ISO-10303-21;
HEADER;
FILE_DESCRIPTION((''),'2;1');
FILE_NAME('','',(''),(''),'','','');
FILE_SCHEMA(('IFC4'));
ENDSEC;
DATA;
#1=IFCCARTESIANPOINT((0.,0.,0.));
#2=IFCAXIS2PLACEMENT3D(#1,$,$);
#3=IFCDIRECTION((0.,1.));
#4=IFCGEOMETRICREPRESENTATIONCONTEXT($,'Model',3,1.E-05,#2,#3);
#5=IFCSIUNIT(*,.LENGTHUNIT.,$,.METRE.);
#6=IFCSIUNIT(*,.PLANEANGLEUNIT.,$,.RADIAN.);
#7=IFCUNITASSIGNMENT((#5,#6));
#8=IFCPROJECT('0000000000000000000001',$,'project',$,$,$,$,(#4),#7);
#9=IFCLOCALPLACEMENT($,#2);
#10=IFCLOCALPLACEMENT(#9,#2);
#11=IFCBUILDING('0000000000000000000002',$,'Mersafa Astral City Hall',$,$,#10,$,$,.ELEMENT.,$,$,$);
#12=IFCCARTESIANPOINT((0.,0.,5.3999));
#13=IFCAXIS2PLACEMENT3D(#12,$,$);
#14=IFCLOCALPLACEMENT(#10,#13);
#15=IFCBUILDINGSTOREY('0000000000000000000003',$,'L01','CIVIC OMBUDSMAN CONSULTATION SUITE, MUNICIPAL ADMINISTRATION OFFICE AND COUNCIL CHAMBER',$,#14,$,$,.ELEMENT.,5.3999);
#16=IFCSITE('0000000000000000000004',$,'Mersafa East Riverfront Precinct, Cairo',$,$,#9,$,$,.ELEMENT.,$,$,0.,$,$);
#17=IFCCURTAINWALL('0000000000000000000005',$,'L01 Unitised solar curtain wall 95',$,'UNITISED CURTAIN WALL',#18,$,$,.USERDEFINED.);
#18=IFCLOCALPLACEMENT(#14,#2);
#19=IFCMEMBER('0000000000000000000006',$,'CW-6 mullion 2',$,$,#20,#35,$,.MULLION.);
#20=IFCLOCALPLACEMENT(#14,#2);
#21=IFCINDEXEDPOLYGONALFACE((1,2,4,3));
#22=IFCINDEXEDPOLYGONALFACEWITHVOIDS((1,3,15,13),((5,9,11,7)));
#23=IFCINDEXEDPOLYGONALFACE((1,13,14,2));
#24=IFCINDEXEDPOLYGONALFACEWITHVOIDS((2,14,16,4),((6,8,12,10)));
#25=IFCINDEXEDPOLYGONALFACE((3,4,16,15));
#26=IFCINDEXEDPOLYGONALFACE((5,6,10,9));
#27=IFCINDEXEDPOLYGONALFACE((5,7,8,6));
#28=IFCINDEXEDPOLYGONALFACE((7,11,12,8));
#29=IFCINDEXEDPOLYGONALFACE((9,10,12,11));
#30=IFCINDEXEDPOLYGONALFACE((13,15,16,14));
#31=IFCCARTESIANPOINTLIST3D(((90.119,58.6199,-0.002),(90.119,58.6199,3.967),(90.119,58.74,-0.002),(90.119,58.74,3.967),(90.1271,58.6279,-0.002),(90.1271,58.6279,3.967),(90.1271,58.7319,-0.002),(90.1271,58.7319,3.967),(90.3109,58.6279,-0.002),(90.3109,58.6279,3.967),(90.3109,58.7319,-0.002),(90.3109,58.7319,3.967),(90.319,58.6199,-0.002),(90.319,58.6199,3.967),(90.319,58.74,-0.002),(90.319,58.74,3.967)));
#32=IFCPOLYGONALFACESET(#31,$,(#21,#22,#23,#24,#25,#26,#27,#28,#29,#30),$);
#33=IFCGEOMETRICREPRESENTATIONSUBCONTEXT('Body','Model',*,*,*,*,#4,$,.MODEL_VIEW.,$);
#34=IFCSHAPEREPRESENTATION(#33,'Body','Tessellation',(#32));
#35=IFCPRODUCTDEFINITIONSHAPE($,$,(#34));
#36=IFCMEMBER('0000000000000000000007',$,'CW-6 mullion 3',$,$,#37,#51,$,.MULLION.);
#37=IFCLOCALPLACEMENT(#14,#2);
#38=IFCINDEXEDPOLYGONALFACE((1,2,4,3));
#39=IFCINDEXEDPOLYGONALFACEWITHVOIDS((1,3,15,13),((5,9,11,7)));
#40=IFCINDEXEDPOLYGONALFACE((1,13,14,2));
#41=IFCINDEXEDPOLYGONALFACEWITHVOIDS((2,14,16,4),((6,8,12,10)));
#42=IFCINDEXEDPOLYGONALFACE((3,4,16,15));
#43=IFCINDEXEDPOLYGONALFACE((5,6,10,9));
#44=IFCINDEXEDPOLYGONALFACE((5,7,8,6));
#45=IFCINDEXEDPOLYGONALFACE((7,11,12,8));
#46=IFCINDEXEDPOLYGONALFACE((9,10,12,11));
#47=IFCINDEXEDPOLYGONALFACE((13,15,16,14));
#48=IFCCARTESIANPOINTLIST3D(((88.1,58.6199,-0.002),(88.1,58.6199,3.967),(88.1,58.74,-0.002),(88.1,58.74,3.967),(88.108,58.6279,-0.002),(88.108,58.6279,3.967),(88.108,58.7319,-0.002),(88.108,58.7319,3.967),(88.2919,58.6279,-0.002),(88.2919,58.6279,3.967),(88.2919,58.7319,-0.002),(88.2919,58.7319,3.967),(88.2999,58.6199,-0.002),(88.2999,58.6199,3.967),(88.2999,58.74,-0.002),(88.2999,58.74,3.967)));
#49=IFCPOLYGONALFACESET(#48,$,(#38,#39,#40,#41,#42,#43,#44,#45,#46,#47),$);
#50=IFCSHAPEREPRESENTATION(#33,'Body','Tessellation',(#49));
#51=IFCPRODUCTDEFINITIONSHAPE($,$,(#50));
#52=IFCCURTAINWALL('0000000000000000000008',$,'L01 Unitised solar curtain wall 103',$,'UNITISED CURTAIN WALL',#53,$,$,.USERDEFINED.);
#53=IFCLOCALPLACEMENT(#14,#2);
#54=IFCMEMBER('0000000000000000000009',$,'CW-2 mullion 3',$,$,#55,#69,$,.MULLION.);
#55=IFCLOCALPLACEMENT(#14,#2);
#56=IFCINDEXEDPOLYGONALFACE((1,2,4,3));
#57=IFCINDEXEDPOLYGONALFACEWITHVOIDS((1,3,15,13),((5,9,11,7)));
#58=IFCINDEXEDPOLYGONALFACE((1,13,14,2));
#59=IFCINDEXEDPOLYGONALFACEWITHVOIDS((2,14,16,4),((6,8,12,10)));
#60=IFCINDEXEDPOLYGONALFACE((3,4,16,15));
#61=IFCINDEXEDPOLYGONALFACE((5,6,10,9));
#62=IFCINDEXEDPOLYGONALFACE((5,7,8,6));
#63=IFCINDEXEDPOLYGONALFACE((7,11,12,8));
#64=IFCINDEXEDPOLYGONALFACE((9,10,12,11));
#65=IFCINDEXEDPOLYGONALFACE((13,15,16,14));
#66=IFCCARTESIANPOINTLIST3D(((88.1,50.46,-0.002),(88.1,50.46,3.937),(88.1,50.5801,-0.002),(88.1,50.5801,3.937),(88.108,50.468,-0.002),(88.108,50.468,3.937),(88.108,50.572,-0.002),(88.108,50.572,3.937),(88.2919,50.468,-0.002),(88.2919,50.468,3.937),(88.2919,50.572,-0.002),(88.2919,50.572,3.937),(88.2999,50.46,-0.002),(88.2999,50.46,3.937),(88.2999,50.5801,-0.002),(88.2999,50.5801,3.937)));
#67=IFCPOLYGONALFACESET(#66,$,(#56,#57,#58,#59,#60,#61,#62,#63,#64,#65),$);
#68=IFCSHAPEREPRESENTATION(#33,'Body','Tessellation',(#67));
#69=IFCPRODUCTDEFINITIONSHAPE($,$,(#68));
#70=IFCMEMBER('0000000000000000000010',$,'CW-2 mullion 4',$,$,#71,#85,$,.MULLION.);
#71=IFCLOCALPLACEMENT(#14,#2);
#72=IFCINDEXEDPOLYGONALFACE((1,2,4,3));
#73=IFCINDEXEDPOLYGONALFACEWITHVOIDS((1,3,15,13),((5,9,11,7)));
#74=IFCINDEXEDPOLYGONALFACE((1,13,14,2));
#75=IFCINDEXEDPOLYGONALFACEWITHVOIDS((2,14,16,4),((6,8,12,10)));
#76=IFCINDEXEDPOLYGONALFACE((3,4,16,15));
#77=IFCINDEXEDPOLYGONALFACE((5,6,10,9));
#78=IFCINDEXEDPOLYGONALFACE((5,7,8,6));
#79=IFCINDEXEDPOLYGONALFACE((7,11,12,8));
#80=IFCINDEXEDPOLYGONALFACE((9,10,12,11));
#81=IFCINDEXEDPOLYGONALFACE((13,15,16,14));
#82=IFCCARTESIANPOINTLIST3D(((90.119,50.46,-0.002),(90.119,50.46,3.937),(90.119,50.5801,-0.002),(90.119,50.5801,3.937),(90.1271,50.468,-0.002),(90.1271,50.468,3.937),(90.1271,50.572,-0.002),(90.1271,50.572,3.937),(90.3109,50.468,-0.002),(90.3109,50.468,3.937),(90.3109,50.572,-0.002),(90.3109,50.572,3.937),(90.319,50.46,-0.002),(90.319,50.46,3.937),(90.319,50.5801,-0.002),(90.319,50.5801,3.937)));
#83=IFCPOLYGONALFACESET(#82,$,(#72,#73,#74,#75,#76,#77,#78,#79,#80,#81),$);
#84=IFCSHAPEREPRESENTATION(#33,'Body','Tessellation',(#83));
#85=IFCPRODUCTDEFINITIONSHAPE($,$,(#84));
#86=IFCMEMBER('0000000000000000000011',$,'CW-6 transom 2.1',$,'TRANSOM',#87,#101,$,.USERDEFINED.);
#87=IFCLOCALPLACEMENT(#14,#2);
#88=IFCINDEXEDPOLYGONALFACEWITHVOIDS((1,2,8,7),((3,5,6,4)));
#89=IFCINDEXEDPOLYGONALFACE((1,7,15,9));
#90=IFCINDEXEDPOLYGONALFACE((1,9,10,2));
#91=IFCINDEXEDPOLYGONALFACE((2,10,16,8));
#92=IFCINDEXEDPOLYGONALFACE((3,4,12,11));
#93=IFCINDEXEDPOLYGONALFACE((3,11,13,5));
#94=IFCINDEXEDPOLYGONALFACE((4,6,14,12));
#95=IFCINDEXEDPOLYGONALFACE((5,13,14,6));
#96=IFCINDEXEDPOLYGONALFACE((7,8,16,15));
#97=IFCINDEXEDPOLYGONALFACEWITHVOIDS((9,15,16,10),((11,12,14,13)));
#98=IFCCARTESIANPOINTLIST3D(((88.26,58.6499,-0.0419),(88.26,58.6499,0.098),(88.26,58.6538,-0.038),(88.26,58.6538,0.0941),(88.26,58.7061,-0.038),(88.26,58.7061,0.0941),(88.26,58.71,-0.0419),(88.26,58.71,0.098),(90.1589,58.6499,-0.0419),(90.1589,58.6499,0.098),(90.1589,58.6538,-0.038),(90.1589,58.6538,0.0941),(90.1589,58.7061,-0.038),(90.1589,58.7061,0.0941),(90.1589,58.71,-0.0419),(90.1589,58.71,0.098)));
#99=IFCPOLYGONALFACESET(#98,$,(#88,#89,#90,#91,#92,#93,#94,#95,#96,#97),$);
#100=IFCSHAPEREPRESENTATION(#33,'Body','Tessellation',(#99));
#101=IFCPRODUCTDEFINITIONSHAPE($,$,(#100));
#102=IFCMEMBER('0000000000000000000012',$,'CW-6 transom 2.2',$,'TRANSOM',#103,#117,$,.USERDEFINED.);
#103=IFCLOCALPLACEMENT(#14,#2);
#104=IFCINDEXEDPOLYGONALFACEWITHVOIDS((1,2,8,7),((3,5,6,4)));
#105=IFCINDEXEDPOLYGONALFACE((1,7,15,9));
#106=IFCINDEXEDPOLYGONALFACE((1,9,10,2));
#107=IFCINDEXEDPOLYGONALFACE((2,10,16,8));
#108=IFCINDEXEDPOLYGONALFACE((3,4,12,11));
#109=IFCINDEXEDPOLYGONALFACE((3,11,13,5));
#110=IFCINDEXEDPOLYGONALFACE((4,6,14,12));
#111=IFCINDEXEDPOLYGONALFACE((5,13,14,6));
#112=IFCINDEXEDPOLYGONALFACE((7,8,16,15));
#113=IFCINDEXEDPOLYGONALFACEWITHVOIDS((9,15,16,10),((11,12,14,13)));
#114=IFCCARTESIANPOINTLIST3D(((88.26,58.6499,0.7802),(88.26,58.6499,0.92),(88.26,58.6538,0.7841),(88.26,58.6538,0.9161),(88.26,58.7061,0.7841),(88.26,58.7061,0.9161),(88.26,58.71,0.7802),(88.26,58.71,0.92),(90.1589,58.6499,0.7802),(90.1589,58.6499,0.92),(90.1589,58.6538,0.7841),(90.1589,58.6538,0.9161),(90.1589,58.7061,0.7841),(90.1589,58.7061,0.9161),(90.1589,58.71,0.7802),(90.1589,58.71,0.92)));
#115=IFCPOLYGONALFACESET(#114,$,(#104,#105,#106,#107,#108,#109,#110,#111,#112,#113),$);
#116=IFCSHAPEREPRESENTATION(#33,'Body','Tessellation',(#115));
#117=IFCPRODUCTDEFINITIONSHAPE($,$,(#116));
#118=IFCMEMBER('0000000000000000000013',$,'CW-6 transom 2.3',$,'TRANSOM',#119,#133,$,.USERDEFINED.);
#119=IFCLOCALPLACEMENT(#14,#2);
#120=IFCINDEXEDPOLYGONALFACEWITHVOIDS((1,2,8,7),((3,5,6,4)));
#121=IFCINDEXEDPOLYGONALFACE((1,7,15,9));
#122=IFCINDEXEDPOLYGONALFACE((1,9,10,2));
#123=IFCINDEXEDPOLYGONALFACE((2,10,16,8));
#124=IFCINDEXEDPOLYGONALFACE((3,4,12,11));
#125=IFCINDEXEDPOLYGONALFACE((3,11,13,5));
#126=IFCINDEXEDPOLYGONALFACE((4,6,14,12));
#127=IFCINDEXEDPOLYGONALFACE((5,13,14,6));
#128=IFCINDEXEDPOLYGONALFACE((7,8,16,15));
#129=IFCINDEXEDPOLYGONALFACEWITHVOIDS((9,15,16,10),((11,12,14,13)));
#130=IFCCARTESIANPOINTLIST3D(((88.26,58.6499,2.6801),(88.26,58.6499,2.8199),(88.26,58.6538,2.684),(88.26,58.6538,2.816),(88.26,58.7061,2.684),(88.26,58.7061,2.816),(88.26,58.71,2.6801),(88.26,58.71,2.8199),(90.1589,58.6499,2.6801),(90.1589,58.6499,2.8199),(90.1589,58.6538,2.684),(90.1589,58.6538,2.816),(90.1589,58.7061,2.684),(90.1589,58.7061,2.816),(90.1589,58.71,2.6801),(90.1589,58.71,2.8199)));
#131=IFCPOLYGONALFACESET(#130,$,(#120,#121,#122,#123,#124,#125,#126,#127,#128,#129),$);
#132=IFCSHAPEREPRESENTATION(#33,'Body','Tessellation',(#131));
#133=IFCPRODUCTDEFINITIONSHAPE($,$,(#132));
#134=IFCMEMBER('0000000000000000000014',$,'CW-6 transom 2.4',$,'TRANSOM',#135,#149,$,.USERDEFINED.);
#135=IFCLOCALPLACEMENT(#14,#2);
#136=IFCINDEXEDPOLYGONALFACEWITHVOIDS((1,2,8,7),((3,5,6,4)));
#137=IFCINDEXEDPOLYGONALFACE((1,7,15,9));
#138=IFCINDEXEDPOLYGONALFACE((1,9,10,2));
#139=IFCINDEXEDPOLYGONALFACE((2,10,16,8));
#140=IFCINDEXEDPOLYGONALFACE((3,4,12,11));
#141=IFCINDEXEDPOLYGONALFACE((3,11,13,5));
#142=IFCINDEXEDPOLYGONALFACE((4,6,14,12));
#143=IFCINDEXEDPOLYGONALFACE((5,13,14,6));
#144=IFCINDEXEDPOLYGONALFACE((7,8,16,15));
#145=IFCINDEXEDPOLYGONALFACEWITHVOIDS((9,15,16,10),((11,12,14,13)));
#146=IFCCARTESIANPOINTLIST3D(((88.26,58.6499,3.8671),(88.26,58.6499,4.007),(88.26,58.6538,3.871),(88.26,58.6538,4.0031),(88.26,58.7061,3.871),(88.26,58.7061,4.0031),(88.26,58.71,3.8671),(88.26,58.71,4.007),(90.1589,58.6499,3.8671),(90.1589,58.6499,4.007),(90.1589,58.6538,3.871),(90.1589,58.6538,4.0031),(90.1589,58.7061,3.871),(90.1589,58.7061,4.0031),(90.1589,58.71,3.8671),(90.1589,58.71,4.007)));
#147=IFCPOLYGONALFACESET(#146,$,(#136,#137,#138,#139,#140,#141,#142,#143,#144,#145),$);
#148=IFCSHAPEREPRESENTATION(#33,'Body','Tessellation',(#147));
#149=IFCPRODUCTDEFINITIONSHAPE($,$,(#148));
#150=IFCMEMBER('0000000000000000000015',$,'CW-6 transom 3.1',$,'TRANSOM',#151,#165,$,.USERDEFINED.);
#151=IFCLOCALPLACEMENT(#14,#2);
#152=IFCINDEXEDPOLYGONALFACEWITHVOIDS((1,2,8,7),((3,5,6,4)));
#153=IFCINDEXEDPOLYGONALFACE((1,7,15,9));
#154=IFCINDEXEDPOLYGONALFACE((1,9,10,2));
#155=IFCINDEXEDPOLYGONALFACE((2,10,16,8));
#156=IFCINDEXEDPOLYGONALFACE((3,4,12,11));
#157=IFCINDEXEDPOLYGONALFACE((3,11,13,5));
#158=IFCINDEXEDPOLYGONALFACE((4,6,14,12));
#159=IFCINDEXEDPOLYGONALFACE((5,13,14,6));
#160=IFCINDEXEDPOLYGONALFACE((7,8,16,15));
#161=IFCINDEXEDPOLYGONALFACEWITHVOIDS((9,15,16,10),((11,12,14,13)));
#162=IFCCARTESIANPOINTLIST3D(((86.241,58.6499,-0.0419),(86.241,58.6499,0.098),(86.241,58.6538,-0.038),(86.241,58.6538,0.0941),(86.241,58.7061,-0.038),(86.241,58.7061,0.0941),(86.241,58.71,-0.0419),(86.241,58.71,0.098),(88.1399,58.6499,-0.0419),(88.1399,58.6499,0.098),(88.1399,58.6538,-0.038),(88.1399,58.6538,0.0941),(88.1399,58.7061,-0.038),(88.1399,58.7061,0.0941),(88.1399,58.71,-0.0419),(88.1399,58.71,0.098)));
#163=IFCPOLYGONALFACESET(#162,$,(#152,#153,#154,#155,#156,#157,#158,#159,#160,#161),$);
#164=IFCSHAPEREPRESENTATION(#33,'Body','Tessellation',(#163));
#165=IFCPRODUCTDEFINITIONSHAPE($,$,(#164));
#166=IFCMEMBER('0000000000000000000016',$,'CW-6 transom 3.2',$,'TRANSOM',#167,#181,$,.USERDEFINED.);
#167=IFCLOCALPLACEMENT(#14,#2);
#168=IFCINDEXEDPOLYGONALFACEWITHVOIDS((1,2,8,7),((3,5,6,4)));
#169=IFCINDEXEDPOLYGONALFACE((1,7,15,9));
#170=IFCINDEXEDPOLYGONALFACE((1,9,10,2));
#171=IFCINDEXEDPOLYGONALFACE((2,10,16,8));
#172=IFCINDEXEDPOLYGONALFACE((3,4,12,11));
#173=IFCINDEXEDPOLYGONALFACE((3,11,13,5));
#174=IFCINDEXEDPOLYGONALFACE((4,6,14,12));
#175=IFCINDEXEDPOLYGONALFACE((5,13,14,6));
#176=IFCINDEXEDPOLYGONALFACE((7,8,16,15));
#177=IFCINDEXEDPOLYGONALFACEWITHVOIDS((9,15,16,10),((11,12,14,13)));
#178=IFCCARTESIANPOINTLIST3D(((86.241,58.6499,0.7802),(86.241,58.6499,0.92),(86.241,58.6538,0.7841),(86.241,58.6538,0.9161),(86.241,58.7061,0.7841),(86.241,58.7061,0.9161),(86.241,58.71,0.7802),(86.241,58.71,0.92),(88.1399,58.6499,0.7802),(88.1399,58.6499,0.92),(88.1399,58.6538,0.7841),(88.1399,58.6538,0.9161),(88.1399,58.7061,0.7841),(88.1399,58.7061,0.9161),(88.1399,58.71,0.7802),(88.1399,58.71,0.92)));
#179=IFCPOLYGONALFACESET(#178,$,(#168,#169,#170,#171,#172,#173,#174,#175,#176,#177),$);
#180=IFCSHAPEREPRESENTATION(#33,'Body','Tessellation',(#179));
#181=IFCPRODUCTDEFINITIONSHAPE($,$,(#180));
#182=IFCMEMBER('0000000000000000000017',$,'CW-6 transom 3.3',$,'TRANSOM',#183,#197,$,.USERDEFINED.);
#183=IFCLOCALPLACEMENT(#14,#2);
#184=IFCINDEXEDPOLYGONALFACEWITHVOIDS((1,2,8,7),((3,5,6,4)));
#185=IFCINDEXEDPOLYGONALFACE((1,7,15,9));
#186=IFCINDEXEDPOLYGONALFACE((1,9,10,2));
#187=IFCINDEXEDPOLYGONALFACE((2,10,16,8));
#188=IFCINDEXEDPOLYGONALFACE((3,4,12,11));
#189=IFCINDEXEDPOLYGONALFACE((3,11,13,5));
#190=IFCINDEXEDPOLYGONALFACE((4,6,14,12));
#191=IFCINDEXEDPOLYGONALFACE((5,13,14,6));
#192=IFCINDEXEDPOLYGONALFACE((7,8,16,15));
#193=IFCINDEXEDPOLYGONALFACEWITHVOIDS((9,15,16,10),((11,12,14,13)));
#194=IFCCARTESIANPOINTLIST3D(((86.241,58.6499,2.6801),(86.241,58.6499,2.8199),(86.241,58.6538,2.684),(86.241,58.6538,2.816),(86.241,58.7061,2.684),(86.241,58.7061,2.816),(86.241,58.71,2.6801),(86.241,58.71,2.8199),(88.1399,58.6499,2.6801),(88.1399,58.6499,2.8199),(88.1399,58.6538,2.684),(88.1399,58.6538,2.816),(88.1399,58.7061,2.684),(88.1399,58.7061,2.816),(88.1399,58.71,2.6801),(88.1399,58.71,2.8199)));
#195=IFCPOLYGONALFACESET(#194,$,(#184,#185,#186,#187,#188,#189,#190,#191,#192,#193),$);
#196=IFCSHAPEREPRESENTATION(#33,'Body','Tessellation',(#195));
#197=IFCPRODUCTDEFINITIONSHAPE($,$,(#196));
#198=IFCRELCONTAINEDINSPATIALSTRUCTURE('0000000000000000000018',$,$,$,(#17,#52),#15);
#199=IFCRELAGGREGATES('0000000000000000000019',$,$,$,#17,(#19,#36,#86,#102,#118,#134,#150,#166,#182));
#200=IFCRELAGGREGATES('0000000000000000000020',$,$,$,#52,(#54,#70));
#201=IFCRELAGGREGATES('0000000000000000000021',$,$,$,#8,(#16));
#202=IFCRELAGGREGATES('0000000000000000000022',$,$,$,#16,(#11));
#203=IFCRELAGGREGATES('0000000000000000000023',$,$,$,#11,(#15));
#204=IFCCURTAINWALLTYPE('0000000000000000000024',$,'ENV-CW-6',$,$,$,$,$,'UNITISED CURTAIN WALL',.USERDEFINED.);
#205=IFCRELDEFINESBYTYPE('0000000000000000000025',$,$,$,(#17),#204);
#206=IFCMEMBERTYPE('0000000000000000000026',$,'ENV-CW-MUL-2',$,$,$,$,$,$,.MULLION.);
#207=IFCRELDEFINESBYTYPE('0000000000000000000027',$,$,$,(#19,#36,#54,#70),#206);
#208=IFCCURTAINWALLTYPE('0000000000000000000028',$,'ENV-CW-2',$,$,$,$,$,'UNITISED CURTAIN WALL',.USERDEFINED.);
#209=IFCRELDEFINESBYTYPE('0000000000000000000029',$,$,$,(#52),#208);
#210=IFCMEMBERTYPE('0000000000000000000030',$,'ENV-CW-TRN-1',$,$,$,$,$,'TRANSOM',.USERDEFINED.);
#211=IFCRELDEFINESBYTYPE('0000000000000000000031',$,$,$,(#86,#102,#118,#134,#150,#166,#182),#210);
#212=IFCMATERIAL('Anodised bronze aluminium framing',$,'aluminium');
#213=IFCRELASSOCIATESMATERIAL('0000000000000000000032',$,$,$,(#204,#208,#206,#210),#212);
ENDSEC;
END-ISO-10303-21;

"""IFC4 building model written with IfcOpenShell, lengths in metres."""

from ifc_helpers import new_model, si_unit, direction, frame, origin, origin_2d, place, context, subcontext, project, spatial, hollow_rectangle, extrude, material, material_profile, profile_set, type_object, element, aggregate, save


model = new_model("IFC4")

# Units and contexts
model_context = context("Model", 3, precision=1e-05, world=origin(), true_north=direction((0.0, 1.0)))
body_context = subcontext(model_context, "Body", "Model", "MODEL_VIEW")
ifc_project = project(units=[si_unit("LENGTHUNIT", "METRE"), si_unit("PLANEANGLEUNIT", "RADIAN")], contexts=[model_context])

# Site, building, storey
site_placement = place(None, origin())
site = spatial("IfcSite", under=ifc_project, at=site_placement, Name="Mersafa East Riverfront Precinct, Cairo", CompositionType="ELEMENT", RefElevation=0.0)
building_placement = place(site_placement, origin())
building = spatial("IfcBuilding", under=site, at=building_placement, Name="Mersafa Astral City Hall", CompositionType="ELEMENT")
storey_placement = place(building_placement, frame((0.0, 0.0, 5.3999)))
storey = spatial("IfcBuildingStorey", under=building, at=storey_placement, Name="L01", Description="CIVIC OMBUDSMAN CONSULTATION SUITE, MUNICIPAL ADMINISTRATION OFFICE AND COUNCIL CHAMBER", CompositionType="ELEMENT", Elevation=5.3999)

# Curtain walls, members
ifc_material_1 = material(Name="Anodised bronze aluminium framing", Category="aluminium")
curtain_wall_type_1 = type_object("IfcCurtainWallType", Name="ENV-CW-6", ElementType="UNITISED CURTAIN WALL", PredefinedType="USERDEFINED", material=ifc_material_1)
curtain_wall_1_placement = place(storey_placement, origin())
curtain_wall_1 = element("IfcCurtainWall", 1, at=curtain_wall_1_placement, inside=storey, type_object=curtain_wall_type_1, Name="L01 Unitised solar curtain wall 95", ObjectType="UNITISED CURTAIN WALL", PredefinedType="USERDEFINED")
ifc_material_profile_1 = material_profile(ifc_material_1, hollow_rectangle(XDim=0.1201, YDim=0.2, WallThickness=0.0081, at=origin_2d()), Name="RHS 120x200x8")
ifc_profile_set_1 = profile_set([ifc_material_profile_1], Name="Anodised bronze aluminium framing")
member_type_1 = type_object("IfcMemberType", Name="ENV-CW-MUL-2", PredefinedType="MULLION", material=ifc_profile_set_1)
member_1_placement = place(storey_placement, frame((90.219, 58.6799, -0.002), z_axis=(0.0, 0.0, 1.0), x_axis=(0.0, -1.0, 0.0)))
member_1 = element("IfcMember", 2, at=member_1_placement, type_object=member_type_1, Name="CW-6 mullion 2", PredefinedType="MULLION", context=body_context, shape_type="SweptSolid", body=[
    extrude(hollow_rectangle(XDim=0.1201, YDim=0.2, WallThickness=0.0081, at=origin_2d()), origin(), (0.0, 0.0, 1.0), 3.969),
])
member_2_placement = place(storey_placement, frame((88.2, 58.6799, -0.002), z_axis=(0.0, 0.0, 1.0), x_axis=(0.0, -1.0, 0.0)))
member_2 = element("IfcMember", 3, at=member_2_placement, type_object=member_type_1, Name="CW-6 mullion 3", PredefinedType="MULLION", context=body_context, shape_type="SweptSolid", body=[
    extrude(hollow_rectangle(XDim=0.1201, YDim=0.2, WallThickness=0.0081, at=origin_2d()), origin(), (0.0, 0.0, 1.0), 3.969),
])
curtain_wall_type_2 = type_object("IfcCurtainWallType", Name="ENV-CW-2", ElementType="UNITISED CURTAIN WALL", PredefinedType="USERDEFINED", material=ifc_material_1)
curtain_wall_2_placement = place(storey_placement, origin())
curtain_wall_2 = element("IfcCurtainWall", 4, at=curtain_wall_2_placement, inside=storey, type_object=curtain_wall_type_2, Name="L01 Unitised solar curtain wall 103", ObjectType="UNITISED CURTAIN WALL", PredefinedType="USERDEFINED")
member_3_placement = place(storey_placement, frame((88.2, 50.52, -0.002), z_axis=(0.0, 0.0, 1.0), x_axis=(0.0, 1.0, 0.0)))
member_3 = element("IfcMember", 5, at=member_3_placement, type_object=member_type_1, Name="CW-2 mullion 3", PredefinedType="MULLION", context=body_context, shape_type="SweptSolid", body=[
    extrude(hollow_rectangle(XDim=0.1201, YDim=0.2, WallThickness=0.0081, at=origin_2d()), origin(), (0.0, 0.0, 1.0), 3.939),
])
member_4_placement = place(storey_placement, frame((90.219, 50.52, -0.002), z_axis=(0.0, 0.0, 1.0), x_axis=(0.0, 1.0, 0.0)))
member_4 = element("IfcMember", 6, at=member_4_placement, type_object=member_type_1, Name="CW-2 mullion 4", PredefinedType="MULLION", context=body_context, shape_type="SweptSolid", body=[
    extrude(hollow_rectangle(XDim=0.1201, YDim=0.2, WallThickness=0.0081, at=origin_2d()), origin(), (0.0, 0.0, 1.0), 3.939),
])

# Members
ifc_material_profile_2 = material_profile(ifc_material_1, hollow_rectangle(XDim=0.0601, YDim=0.1399, WallThickness=0.0039, at=origin_2d()), Name="RHS 60x140x4")
ifc_profile_set_2 = profile_set([ifc_material_profile_2], Name="Anodised bronze aluminium framing")
member_type_2 = type_object("IfcMemberType", Name="ENV-CW-TRN-1", ElementType="TRANSOM", PredefinedType="USERDEFINED", material=ifc_profile_set_2)
member_5_placement = place(storey_placement, frame((90.1589, 58.6799, 0.0281), z_axis=(-1.0, 0.0, 0.0), x_axis=(0.0, -1.0, 0.0)))
member_5 = element("IfcMember", 7, at=member_5_placement, type_object=member_type_2, Name="CW-6 transom 2.1", ObjectType="TRANSOM", PredefinedType="USERDEFINED", context=body_context, shape_type="SweptSolid", body=[
    extrude(hollow_rectangle(XDim=0.0601, YDim=0.1399, WallThickness=0.0039, at=origin_2d()), origin(), (0.0, 0.0, 1.0), 1.8989),
])
member_6_placement = place(storey_placement, frame((90.1589, 58.6799, 0.8501), z_axis=(-1.0, 0.0, 0.0), x_axis=(0.0, -1.0, 0.0)))
member_6 = element("IfcMember", 8, at=member_6_placement, type_object=member_type_2, Name="CW-6 transom 2.2", ObjectType="TRANSOM", PredefinedType="USERDEFINED", context=body_context, shape_type="SweptSolid", body=[
    extrude(hollow_rectangle(XDim=0.0601, YDim=0.1399, WallThickness=0.0039, at=origin_2d()), origin(), (0.0, 0.0, 1.0), 1.8989),
])
member_7_placement = place(storey_placement, frame((90.1589, 58.6799, 2.75), z_axis=(-1.0, 0.0, 0.0), x_axis=(0.0, -1.0, 0.0)))
member_7 = element("IfcMember", 9, at=member_7_placement, type_object=member_type_2, Name="CW-6 transom 2.3", ObjectType="TRANSOM", PredefinedType="USERDEFINED", context=body_context, shape_type="SweptSolid", body=[
    extrude(hollow_rectangle(XDim=0.0601, YDim=0.1399, WallThickness=0.0039, at=origin_2d()), origin(), (0.0, 0.0, 1.0), 1.8989),
])
member_8_placement = place(storey_placement, frame((90.1589, 58.6799, 3.937), z_axis=(-1.0, 0.0, 0.0), x_axis=(0.0, -1.0, 0.0)))
member_8 = element("IfcMember", 10, at=member_8_placement, type_object=member_type_2, Name="CW-6 transom 2.4", ObjectType="TRANSOM", PredefinedType="USERDEFINED", context=body_context, shape_type="SweptSolid", body=[
    extrude(hollow_rectangle(XDim=0.0601, YDim=0.1399, WallThickness=0.0039, at=origin_2d()), origin(), (0.0, 0.0, 1.0), 1.8989),
])
member_9_placement = place(storey_placement, frame((88.1399, 58.6799, 0.0281), z_axis=(-1.0, 0.0, 0.0), x_axis=(0.0, -1.0, 0.0)))
member_9 = element("IfcMember", 11, at=member_9_placement, type_object=member_type_2, Name="CW-6 transom 3.1", ObjectType="TRANSOM", PredefinedType="USERDEFINED", context=body_context, shape_type="SweptSolid", body=[
    extrude(hollow_rectangle(XDim=0.0601, YDim=0.1399, WallThickness=0.0039, at=origin_2d()), origin(), (0.0, 0.0, 1.0), 1.8989),
])
member_10_placement = place(storey_placement, frame((88.1399, 58.6799, 0.8501), z_axis=(-1.0, 0.0, 0.0), x_axis=(0.0, -1.0, 0.0)))
member_10 = element("IfcMember", 12, at=member_10_placement, type_object=member_type_2, Name="CW-6 transom 3.2", ObjectType="TRANSOM", PredefinedType="USERDEFINED", context=body_context, shape_type="SweptSolid", body=[
    extrude(hollow_rectangle(XDim=0.0601, YDim=0.1399, WallThickness=0.0039, at=origin_2d()), origin(), (0.0, 0.0, 1.0), 1.8989),
])
member_11_placement = place(storey_placement, frame((88.1399, 58.6799, 2.75), z_axis=(-1.0, 0.0, 0.0), x_axis=(0.0, -1.0, 0.0)))
member_11 = element("IfcMember", 13, at=member_11_placement, type_object=member_type_2, Name="CW-6 transom 3.3", ObjectType="TRANSOM", PredefinedType="USERDEFINED", context=body_context, shape_type="SweptSolid", body=[
    extrude(hollow_rectangle(XDim=0.0601, YDim=0.1399, WallThickness=0.0039, at=origin_2d()), origin(), (0.0, 0.0, 1.0), 1.8989),
])

aggregate(curtain_wall_1, [member_1, member_2, member_5, member_6, member_7, member_8, member_9, member_10, member_11])
aggregate(curtain_wall_2, [member_3, member_4])

save(model, "model.ifc")
